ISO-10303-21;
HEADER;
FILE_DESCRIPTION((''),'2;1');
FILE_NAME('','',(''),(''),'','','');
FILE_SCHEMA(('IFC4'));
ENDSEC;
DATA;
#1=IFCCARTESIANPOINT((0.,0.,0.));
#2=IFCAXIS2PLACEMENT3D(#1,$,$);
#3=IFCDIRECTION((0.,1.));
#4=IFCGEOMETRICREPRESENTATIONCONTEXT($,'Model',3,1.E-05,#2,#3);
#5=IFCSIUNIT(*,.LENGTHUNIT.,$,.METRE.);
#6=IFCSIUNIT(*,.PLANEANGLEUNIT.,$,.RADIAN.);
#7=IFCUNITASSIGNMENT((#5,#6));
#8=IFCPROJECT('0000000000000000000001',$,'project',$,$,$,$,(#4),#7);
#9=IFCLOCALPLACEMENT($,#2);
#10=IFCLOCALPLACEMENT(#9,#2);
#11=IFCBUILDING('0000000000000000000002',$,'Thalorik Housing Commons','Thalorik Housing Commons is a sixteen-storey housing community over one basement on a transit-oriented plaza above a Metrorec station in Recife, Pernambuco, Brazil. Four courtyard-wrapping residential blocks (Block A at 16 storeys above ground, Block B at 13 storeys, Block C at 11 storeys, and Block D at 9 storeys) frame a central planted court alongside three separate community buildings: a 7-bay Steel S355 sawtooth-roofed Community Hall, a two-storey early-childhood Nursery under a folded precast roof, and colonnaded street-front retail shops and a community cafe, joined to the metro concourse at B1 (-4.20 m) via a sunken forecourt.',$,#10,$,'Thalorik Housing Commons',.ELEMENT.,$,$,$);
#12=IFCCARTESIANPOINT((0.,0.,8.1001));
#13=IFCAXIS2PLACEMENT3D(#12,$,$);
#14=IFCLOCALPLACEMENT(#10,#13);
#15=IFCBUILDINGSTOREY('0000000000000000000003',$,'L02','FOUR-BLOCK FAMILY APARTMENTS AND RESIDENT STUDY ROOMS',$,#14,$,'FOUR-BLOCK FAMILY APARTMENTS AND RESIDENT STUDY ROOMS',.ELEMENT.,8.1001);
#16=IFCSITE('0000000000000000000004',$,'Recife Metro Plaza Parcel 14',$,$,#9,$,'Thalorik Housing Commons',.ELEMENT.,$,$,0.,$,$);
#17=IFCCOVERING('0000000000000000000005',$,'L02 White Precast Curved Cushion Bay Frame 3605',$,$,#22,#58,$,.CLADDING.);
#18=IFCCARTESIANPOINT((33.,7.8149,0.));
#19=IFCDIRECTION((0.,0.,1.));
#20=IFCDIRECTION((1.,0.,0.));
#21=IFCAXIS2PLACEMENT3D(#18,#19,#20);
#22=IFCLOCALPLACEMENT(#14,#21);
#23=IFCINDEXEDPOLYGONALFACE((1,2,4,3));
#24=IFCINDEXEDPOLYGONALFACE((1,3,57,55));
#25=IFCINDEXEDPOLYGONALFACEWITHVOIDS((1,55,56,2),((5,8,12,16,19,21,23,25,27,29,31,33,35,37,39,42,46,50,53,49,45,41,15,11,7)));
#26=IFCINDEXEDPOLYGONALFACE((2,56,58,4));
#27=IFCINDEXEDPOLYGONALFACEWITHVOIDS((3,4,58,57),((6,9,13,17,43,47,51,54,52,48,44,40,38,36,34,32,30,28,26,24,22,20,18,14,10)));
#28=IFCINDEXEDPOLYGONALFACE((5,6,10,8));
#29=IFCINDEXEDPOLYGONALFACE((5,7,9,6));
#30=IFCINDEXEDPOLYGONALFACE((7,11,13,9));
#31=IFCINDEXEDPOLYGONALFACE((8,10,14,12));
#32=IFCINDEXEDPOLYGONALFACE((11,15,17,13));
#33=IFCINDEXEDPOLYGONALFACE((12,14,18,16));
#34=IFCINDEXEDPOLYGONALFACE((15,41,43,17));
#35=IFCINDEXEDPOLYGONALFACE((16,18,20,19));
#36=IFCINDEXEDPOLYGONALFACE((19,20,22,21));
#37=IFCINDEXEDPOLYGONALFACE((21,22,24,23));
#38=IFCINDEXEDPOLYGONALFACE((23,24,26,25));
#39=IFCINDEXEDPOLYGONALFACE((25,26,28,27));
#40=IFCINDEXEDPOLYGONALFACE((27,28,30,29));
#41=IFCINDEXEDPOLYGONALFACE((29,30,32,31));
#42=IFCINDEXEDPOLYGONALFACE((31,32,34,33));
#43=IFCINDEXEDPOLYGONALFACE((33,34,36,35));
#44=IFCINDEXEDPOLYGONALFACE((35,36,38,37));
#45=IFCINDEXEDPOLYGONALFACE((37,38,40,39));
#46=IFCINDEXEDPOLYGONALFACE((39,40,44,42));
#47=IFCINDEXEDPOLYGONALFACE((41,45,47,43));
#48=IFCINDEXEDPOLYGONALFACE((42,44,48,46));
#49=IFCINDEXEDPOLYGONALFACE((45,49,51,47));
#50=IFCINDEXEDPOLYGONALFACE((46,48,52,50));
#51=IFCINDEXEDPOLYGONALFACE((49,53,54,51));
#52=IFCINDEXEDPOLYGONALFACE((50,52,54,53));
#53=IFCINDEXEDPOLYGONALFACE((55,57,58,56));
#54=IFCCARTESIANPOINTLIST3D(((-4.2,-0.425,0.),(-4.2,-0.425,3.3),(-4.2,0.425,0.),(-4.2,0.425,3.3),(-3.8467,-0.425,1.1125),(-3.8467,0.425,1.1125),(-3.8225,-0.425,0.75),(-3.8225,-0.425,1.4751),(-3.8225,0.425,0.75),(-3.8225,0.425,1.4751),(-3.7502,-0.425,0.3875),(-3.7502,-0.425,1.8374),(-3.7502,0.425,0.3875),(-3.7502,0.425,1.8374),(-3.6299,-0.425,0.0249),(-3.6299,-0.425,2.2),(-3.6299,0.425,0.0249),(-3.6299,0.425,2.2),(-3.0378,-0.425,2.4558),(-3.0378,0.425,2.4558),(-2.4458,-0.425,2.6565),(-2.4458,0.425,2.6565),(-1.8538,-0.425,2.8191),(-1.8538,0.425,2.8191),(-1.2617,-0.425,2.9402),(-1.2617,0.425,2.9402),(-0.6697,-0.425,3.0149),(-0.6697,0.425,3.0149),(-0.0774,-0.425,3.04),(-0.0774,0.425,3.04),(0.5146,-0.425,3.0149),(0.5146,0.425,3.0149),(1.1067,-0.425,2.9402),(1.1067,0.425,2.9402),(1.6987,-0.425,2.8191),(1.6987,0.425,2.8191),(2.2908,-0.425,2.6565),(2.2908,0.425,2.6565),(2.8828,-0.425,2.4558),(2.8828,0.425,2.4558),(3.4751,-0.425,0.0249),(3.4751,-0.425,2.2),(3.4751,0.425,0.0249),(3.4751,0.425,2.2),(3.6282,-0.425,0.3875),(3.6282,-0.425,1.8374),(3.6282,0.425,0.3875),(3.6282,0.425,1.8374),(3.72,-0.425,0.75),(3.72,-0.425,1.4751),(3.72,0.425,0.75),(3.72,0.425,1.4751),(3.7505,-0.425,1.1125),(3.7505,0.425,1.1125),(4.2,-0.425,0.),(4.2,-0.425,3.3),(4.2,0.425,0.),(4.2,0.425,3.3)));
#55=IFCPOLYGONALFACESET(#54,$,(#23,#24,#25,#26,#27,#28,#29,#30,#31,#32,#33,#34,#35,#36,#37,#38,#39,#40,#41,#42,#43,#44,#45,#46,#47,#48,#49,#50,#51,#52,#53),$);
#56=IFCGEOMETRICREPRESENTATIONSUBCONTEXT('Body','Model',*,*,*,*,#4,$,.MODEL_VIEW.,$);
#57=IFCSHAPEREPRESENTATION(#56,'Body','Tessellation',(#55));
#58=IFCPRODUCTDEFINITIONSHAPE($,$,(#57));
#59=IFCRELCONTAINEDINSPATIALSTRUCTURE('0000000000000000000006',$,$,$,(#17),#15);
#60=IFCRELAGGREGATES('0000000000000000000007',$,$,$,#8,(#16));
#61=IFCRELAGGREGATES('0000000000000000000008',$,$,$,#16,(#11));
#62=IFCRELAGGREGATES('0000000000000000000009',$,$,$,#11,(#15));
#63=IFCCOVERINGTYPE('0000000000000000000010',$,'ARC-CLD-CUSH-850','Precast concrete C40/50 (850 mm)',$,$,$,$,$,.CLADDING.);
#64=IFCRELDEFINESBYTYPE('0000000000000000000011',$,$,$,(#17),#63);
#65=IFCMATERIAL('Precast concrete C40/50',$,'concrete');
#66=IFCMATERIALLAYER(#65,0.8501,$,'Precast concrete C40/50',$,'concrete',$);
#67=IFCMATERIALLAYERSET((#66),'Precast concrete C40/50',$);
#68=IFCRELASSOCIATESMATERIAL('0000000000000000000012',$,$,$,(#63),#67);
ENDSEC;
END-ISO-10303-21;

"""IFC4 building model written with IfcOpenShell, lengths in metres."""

from ifc_helpers import new_model, si_unit, direction, frame, origin, place, context, subcontext, project, spatial, polyline, outline, extrude, material, layer, layer_set, type_object, element, save


model = new_model("IFC4")

# Units and contexts
model_context = context("Model", 3, precision=1e-05, world=origin(), true_north=direction((0.0, 1.0)))
body_context = subcontext(model_context, "Body", "Model", "MODEL_VIEW")
ifc_project = project(units=[si_unit("LENGTHUNIT", "METRE"), si_unit("PLANEANGLEUNIT", "RADIAN")], contexts=[model_context])

# Site, building, storey
site_placement = place(None, origin())
site = spatial("IfcSite", under=ifc_project, at=site_placement, Name="Recife Metro Plaza Parcel 14", LongName="Thalorik Housing Commons", CompositionType="ELEMENT", RefElevation=0.0)
building_placement = place(site_placement, origin())
building = spatial("IfcBuilding", under=site, at=building_placement, Name="Thalorik Housing Commons", Description="Thalorik Housing Commons is a sixteen-storey housing community over one basement on a transit-oriented plaza above a Metrorec station in Recife, Pernambuco, Brazil. Four courtyard-wrapping residential blocks (Block A at 16 storeys above ground, Block B at 13 storeys, Block C at 11 storeys, and Block D at 9 storeys) frame a central planted court alongside three separate community buildings: a 7-bay Steel S355 sawtooth-roofed Community Hall, a two-storey early-childhood Nursery under a folded precast roof, and colonnaded street-front retail shops and a community cafe, joined to the metro concourse at B1 (-4.20 m) via a sunken forecourt.", LongName="Thalorik Housing Commons", CompositionType="ELEMENT")
storey_placement = place(building_placement, frame((0.0, 0.0, 8.1001)))
storey = spatial("IfcBuildingStorey", under=building, at=storey_placement, Name="L02", Description="FOUR-BLOCK FAMILY APARTMENTS AND RESIDENT STUDY ROOMS", LongName="FOUR-BLOCK FAMILY APARTMENTS AND RESIDENT STUDY ROOMS", CompositionType="ELEMENT", Elevation=8.1001)

# Shared definitions
ifc_material_1 = material(Name="Precast concrete C40/50", Category="concrete")

# Covering
ifc_layer_1 = layer(ifc_material_1, 0.8501, Name="Precast concrete C40/50", Category="concrete")
ifc_layer_set_1 = layer_set([ifc_layer_1], Name="Precast concrete C40/50")
covering_type_1 = type_object("IfcCoveringType", Name="ARC-CLD-CUSH-850", Description="Precast concrete C40/50 (850 mm)", PredefinedType="CLADDING", material=ifc_layer_set_1)
covering_1_placement = place(storey_placement, frame((33.0, 7.8149, 0.0), z_axis=(0.0, 0.0, 1.0), x_axis=(1.0, 0.0, 0.0)))
element("IfcCovering", 1, at=covering_1_placement, inside=storey, type_object=covering_type_1, Name="L02 White Precast Curved Cushion Bay Frame 3605", PredefinedType="CLADDING", context=body_context, shape_type="SweptSolid", body=[
    extrude(outline(polyline([(-4.2, 0.0), (4.2, 0.0), (4.2, 3.3), (-4.2, 3.3), (-4.2, 0.0)]), holes=[polyline([(3.4751, 0.0249), (3.6282, 0.3875), (3.72, 0.75), (3.7505, 1.1125), (3.72, 1.4751), (3.6282, 1.8374), (3.4751, 2.2), (2.8828, 2.4558), (2.2908, 2.6565), (1.6987, 2.8191), (1.1067, 2.9402), (0.5146, 3.0149), (-0.0774, 3.04), (-0.6697, 3.0149), (-1.2617, 2.9402), (-1.8538, 2.8191), (-2.4458, 2.6565), (-3.0378, 2.4558), (-3.6299, 2.2), (-3.7502, 1.8374), (-3.8225, 1.4751), (-3.8467, 1.1125), (-3.8225, 0.75), (-3.7502, 0.3875), (-3.6299, 0.0249), (3.4751, 0.0249)])]), frame((0.0, 0.425, 0.0), z_axis=(0.0, -1.0, 0.0), x_axis=(1.0, 0.0, 0.0)), (0.0, 0.0, 1.0), 0.8501),
])

save(model, "model.ifc")
